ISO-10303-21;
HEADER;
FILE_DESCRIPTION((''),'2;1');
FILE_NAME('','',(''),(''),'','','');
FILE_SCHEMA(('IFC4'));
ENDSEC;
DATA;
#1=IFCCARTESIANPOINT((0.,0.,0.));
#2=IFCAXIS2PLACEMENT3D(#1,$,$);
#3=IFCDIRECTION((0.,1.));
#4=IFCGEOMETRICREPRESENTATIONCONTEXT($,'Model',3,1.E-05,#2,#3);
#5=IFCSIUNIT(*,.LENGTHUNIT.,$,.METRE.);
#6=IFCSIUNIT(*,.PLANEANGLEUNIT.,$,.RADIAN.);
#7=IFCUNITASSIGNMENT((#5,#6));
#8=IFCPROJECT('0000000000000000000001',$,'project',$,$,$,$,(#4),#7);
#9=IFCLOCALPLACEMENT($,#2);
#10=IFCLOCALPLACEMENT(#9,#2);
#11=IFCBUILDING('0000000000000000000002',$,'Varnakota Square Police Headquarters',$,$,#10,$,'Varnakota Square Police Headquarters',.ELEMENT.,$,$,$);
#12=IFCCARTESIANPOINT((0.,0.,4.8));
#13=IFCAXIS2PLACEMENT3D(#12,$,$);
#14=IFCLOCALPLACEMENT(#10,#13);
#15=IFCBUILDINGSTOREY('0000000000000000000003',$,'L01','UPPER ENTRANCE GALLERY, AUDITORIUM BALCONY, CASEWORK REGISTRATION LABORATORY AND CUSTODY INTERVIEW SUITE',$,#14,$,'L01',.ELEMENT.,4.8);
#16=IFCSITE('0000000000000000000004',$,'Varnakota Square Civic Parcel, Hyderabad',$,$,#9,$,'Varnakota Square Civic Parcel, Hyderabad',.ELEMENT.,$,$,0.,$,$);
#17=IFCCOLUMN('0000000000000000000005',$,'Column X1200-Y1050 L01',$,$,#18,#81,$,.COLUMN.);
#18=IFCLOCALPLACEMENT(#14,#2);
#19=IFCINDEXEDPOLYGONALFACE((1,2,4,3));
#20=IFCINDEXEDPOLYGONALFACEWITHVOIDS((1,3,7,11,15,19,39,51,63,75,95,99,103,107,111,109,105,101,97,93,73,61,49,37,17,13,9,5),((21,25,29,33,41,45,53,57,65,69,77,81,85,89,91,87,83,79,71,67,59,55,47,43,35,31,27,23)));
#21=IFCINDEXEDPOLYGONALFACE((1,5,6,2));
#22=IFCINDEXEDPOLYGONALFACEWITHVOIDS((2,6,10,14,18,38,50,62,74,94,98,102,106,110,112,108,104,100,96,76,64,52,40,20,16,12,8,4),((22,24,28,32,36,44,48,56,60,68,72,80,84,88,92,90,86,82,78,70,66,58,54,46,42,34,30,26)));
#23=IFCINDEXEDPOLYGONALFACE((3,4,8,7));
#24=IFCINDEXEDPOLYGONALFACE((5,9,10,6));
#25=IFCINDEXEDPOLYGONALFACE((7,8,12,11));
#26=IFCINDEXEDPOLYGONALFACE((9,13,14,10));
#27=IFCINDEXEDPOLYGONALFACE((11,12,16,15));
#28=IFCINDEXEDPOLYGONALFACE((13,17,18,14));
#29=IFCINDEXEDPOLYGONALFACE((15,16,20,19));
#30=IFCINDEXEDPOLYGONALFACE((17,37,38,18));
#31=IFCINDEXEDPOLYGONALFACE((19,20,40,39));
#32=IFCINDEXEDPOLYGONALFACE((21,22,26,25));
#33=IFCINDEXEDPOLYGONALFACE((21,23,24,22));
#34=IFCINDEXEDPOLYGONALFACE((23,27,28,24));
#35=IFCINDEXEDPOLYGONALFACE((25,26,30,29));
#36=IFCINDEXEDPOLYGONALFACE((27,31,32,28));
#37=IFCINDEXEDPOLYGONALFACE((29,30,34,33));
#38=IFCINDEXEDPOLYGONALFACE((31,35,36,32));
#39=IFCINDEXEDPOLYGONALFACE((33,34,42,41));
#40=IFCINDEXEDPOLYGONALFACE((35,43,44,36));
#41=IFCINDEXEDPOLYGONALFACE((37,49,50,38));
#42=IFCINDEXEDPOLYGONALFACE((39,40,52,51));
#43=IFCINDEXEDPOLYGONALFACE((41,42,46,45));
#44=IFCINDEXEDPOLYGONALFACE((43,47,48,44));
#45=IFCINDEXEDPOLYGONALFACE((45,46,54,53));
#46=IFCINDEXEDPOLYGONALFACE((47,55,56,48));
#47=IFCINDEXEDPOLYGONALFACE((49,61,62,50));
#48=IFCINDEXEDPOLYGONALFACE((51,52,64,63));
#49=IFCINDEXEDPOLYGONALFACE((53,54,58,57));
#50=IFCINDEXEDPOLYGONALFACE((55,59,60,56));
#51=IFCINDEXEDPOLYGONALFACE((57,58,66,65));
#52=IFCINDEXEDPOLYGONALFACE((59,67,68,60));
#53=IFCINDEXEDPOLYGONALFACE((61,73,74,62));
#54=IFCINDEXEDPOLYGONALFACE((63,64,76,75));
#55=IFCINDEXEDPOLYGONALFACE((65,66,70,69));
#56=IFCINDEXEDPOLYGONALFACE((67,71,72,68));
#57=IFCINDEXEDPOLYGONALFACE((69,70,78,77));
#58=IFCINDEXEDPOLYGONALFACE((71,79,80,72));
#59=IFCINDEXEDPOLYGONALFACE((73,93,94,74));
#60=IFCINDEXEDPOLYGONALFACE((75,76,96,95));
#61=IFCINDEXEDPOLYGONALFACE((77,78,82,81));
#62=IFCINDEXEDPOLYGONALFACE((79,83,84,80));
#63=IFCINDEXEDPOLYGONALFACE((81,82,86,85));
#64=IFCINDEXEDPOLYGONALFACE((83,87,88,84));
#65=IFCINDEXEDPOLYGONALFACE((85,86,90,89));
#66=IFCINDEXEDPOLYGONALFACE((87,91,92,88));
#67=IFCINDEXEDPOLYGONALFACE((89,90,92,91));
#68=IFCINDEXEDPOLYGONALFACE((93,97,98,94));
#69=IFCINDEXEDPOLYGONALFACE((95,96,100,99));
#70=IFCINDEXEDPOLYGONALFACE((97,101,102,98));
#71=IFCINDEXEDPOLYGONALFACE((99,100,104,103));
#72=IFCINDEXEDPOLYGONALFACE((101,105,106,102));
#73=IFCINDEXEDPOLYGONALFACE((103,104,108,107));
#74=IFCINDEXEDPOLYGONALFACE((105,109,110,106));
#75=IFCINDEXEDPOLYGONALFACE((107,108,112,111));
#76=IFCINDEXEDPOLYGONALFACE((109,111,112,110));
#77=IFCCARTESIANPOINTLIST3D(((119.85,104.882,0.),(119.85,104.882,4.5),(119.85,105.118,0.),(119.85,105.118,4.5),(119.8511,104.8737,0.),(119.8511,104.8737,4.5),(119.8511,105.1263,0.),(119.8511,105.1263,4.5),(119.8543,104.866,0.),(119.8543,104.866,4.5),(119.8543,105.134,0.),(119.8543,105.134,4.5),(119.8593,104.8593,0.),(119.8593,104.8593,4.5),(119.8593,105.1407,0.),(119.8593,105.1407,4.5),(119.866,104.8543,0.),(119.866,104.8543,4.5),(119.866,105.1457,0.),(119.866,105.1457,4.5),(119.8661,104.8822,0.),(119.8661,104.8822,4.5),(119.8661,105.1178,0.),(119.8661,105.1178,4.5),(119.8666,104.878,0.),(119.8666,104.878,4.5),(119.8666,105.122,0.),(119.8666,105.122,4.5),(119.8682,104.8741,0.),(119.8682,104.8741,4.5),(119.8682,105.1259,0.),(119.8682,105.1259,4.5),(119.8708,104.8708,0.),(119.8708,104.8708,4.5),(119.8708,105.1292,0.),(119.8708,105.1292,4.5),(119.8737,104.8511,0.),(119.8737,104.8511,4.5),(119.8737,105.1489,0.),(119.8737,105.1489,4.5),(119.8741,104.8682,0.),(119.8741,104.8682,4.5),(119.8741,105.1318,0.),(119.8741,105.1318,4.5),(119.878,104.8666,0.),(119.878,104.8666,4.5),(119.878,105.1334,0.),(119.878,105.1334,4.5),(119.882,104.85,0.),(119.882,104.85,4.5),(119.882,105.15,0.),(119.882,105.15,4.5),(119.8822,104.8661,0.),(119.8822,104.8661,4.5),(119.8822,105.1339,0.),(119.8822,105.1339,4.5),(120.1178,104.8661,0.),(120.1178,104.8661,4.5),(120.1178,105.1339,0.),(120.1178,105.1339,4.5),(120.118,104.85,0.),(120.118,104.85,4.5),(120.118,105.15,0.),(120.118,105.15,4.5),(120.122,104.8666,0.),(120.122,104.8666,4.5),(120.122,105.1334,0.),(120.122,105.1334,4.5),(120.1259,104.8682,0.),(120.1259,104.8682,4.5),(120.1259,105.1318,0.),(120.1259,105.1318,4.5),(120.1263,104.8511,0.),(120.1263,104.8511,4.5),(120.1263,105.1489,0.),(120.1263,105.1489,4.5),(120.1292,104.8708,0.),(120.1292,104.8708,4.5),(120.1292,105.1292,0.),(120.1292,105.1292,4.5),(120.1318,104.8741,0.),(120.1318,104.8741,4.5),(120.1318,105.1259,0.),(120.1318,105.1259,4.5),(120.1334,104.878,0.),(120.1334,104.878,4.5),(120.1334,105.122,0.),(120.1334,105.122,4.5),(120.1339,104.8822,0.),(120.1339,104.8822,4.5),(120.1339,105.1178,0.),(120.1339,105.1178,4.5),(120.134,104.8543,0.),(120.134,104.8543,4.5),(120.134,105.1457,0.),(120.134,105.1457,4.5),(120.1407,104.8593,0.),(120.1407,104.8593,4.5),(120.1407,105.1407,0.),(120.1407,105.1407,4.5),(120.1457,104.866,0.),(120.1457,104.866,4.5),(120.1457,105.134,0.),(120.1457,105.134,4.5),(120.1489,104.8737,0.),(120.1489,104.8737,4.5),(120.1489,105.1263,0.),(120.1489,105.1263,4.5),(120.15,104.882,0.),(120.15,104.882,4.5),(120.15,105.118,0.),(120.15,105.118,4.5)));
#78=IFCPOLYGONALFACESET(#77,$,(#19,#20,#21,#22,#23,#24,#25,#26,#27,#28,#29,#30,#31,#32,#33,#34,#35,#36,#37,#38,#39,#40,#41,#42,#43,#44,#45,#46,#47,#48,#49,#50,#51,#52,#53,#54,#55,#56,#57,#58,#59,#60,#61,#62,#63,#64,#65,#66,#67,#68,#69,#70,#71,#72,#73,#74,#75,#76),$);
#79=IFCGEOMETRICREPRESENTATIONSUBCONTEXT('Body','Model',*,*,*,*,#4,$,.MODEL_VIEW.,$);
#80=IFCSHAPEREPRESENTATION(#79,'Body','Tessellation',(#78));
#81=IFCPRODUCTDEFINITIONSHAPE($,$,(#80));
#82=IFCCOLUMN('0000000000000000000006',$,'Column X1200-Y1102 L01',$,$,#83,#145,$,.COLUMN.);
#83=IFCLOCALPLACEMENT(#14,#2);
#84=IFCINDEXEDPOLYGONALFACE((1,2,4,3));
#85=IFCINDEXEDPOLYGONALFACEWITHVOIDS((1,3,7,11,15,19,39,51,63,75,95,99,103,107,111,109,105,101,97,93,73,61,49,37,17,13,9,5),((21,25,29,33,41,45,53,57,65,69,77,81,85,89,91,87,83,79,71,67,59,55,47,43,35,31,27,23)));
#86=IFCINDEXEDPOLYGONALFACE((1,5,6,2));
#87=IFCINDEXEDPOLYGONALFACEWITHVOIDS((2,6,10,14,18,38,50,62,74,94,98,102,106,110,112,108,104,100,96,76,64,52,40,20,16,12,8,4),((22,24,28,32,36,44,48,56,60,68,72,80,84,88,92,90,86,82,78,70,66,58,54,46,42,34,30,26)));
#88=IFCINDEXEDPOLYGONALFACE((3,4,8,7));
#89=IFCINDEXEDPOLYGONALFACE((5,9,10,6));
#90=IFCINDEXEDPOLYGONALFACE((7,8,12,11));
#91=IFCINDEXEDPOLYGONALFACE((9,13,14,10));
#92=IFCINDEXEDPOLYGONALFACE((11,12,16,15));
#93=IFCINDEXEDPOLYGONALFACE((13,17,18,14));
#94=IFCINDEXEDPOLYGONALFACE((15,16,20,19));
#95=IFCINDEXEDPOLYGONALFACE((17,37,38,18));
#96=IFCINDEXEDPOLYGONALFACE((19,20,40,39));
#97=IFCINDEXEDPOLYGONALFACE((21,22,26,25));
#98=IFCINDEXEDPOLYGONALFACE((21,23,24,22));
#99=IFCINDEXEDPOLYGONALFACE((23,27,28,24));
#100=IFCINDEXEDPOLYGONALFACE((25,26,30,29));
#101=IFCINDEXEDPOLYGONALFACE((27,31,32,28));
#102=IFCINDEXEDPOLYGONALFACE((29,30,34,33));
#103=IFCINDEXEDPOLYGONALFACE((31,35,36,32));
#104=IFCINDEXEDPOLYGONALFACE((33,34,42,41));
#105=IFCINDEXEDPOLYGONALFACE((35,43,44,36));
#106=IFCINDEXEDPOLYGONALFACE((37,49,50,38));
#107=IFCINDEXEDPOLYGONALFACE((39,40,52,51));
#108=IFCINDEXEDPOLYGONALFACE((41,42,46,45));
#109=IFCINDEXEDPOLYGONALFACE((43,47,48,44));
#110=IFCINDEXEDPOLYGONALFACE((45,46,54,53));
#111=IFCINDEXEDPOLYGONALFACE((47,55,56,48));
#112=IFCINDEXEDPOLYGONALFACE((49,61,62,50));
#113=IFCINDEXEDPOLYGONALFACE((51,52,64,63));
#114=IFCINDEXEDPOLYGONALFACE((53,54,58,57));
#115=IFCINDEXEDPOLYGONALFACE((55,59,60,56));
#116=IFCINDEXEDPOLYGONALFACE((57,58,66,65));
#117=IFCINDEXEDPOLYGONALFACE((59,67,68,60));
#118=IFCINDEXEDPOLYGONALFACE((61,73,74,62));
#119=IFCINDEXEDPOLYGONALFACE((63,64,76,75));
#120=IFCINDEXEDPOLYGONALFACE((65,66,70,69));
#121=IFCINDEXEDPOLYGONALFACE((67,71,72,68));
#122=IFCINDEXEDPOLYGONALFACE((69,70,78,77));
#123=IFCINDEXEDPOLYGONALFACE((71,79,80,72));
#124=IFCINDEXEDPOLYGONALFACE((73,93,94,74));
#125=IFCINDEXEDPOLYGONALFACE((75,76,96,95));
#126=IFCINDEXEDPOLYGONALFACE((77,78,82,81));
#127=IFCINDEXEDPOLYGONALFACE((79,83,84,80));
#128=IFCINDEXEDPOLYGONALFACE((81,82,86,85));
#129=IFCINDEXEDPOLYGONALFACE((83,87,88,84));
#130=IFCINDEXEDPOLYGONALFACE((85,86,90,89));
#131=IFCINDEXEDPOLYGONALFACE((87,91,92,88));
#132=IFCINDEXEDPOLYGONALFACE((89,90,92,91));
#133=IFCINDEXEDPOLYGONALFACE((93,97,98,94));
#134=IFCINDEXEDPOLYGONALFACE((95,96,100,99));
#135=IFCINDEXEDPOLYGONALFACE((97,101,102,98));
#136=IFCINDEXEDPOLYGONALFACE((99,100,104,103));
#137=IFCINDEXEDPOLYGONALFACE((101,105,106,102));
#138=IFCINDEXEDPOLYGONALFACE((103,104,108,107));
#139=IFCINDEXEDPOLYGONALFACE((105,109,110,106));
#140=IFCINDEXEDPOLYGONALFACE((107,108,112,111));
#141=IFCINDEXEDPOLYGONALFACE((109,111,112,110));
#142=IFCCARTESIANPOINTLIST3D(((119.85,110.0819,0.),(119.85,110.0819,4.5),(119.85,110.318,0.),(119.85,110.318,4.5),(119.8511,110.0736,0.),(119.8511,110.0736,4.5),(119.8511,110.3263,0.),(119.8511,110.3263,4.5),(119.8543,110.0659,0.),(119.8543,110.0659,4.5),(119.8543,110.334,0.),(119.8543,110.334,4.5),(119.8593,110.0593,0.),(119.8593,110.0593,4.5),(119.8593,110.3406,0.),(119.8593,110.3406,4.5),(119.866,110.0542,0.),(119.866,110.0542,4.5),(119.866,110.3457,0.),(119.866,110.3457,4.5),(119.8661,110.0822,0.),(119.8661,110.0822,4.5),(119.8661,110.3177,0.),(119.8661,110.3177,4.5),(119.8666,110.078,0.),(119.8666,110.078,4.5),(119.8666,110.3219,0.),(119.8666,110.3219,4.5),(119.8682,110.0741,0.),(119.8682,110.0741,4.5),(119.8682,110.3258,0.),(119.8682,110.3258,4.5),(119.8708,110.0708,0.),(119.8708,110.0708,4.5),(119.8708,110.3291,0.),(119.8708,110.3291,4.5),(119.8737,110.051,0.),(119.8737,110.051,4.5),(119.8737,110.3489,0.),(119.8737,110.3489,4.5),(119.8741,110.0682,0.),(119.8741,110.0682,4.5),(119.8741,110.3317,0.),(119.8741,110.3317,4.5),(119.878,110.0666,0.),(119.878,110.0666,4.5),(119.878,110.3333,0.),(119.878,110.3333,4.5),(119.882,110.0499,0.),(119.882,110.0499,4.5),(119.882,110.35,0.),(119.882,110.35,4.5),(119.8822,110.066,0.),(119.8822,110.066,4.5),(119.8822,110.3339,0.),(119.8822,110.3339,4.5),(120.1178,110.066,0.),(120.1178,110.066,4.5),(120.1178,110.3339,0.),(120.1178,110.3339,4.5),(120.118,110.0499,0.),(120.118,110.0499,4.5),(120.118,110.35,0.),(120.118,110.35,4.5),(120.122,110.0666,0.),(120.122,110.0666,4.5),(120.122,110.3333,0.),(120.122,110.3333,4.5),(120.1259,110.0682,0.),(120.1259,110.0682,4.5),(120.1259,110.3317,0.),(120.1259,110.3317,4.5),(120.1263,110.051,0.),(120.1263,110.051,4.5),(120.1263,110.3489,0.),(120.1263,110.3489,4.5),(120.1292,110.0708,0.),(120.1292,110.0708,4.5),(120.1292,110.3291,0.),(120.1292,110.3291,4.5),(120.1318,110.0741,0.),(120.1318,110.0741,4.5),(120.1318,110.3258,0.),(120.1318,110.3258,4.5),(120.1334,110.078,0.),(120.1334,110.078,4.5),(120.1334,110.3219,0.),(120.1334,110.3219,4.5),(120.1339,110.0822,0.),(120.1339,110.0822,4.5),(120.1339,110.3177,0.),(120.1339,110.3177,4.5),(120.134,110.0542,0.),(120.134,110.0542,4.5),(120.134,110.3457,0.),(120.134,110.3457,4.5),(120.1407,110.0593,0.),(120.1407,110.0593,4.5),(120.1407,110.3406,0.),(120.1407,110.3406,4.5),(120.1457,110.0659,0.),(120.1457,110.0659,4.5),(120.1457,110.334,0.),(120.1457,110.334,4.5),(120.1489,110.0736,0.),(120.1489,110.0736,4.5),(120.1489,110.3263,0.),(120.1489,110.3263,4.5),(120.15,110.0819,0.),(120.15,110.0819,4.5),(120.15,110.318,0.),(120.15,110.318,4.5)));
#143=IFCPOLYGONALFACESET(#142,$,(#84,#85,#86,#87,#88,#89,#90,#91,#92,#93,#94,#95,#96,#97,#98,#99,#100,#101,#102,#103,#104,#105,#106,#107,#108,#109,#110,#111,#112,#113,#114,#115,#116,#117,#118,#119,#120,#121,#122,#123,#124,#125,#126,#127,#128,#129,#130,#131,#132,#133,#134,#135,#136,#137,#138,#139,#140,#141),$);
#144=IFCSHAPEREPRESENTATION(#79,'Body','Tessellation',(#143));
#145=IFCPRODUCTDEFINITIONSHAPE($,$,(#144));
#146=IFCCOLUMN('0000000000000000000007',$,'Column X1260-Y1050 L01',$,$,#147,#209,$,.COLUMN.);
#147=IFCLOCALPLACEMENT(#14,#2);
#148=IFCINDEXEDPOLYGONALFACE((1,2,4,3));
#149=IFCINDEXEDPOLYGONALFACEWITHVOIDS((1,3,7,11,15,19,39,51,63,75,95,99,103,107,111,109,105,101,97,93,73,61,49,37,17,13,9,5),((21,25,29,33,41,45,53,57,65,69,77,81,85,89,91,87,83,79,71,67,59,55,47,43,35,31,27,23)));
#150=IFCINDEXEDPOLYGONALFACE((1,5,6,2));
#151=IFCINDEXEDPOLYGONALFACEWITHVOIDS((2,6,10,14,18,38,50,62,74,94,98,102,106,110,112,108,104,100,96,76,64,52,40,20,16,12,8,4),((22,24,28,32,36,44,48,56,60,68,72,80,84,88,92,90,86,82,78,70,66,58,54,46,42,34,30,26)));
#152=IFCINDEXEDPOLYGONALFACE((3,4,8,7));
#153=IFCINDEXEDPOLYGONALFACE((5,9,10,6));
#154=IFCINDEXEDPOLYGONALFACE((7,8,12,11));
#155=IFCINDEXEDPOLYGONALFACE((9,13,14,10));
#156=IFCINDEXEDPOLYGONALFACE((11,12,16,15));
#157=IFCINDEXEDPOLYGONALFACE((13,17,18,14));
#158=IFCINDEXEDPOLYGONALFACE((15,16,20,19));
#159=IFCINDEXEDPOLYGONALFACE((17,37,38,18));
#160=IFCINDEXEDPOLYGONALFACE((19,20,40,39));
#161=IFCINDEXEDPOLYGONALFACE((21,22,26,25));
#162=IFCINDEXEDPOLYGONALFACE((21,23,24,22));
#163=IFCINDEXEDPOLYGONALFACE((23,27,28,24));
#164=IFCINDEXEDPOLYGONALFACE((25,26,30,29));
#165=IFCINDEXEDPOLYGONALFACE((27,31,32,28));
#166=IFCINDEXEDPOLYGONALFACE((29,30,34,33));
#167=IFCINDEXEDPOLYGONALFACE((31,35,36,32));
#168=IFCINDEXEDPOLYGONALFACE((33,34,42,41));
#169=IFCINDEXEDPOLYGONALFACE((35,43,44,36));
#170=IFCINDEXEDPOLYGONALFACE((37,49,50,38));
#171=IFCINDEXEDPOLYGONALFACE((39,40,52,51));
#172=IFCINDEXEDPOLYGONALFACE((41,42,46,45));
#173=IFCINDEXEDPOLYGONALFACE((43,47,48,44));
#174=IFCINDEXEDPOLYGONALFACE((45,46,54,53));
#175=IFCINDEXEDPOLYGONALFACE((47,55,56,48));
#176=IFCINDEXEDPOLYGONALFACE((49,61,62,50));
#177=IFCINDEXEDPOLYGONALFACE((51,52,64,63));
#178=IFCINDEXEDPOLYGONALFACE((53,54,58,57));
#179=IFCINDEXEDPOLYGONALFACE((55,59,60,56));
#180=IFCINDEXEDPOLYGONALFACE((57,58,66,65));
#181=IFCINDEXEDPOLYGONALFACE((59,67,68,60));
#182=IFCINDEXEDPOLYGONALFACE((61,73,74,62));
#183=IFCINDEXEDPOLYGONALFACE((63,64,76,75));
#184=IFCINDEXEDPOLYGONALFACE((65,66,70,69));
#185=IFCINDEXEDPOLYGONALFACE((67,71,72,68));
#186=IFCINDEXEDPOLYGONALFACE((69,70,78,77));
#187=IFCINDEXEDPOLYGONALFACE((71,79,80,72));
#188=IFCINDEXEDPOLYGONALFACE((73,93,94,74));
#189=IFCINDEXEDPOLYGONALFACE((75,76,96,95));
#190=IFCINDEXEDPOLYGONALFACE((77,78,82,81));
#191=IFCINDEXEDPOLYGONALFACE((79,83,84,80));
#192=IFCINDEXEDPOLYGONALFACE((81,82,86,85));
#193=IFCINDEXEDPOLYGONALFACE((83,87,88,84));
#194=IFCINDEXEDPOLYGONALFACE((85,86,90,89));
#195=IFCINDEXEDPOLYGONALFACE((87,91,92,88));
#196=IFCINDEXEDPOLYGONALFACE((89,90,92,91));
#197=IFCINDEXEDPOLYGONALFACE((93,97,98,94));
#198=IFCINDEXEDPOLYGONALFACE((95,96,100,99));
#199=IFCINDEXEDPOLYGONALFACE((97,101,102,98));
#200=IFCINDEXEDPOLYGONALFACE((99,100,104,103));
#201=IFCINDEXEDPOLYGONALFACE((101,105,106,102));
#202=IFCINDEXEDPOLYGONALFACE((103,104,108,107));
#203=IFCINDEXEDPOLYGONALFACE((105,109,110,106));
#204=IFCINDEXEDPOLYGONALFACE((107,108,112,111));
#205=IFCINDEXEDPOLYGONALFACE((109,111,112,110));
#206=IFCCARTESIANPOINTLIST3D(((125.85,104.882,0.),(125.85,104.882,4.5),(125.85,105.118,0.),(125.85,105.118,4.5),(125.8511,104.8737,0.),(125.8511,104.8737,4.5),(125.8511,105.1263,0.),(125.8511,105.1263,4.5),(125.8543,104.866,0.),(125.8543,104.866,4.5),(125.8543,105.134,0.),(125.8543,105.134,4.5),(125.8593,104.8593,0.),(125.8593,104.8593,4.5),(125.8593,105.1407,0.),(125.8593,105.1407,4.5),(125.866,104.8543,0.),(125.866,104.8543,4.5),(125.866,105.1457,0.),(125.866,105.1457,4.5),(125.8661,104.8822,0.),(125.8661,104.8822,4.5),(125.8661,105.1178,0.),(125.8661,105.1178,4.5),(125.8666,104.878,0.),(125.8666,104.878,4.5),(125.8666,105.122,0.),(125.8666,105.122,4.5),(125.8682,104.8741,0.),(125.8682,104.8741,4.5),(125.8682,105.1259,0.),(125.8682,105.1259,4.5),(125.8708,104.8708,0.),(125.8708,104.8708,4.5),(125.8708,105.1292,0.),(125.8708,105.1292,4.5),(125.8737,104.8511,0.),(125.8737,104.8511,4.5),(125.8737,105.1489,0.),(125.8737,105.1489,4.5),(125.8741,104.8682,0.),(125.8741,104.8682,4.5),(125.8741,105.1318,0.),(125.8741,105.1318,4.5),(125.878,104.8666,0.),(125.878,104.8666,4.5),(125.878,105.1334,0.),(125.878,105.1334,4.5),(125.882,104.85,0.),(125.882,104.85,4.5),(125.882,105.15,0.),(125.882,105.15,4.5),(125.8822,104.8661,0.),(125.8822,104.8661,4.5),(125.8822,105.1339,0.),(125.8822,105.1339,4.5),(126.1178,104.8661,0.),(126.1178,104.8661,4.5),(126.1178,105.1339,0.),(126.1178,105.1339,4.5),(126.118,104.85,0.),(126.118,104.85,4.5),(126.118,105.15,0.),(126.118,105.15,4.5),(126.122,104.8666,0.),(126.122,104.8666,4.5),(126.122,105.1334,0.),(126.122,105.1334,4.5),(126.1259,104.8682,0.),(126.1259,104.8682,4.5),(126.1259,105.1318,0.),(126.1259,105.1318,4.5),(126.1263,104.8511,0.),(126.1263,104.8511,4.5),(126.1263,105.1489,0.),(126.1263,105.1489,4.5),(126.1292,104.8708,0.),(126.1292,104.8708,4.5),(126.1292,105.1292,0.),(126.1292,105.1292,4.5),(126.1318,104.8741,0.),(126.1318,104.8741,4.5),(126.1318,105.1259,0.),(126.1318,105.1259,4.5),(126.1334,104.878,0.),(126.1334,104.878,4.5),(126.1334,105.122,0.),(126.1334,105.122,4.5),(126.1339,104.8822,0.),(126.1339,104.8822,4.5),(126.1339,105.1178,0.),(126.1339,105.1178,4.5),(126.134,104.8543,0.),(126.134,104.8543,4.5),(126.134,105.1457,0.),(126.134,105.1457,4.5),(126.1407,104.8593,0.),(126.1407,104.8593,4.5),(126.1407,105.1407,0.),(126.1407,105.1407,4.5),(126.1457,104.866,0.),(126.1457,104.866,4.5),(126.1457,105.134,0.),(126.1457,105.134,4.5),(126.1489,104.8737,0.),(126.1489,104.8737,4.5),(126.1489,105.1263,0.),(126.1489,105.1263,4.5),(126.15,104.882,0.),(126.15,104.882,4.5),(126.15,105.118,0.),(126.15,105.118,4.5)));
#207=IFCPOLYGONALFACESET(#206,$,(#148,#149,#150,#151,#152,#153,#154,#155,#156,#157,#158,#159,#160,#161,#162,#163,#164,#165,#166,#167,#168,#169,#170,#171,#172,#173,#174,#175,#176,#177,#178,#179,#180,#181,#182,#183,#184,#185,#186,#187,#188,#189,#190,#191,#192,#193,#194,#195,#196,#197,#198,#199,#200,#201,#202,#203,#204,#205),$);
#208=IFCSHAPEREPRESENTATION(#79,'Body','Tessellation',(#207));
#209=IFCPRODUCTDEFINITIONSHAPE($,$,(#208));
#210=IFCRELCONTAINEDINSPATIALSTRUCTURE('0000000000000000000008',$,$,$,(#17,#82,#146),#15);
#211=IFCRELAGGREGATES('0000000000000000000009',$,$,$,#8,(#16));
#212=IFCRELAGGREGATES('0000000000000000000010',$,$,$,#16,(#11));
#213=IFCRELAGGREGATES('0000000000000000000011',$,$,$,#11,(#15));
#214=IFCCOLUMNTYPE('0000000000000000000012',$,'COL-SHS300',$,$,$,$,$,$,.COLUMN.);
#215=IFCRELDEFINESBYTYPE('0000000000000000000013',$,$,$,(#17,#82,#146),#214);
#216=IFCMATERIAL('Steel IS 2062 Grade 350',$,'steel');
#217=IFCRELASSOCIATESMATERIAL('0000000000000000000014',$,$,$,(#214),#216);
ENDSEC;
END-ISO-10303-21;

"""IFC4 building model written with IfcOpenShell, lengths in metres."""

from ifc_helpers import new_model, si_unit, direction, frame, origin, origin_2d, place, context, subcontext, project, spatial, hollow_rectangle, extrude, material, material_profile, profile_set, type_object, element, save


model = new_model("IFC4")

# Units and contexts
model_context = context("Model", 3, precision=1e-05, world=origin(), true_north=direction((0.0, 1.0)))
body_context = subcontext(model_context, "Body", "Model", "MODEL_VIEW")
ifc_project = project(units=[si_unit("LENGTHUNIT", "METRE"), si_unit("PLANEANGLEUNIT", "RADIAN")], contexts=[model_context])

# Site, building, storey
site_placement = place(None, origin())
site = spatial("IfcSite", under=ifc_project, at=site_placement, Name="Varnakota Square Civic Parcel, Hyderabad", LongName="Varnakota Square Civic Parcel, Hyderabad", CompositionType="ELEMENT", RefElevation=0.0)
building_placement = place(site_placement, origin())
building = spatial("IfcBuilding", under=site, at=building_placement, Name="Varnakota Square Police Headquarters", LongName="Varnakota Square Police Headquarters", CompositionType="ELEMENT")
storey_placement = place(building_placement, frame((0.0, 0.0, 4.8)))
storey = spatial("IfcBuildingStorey", under=building, at=storey_placement, Name="L01", Description="UPPER ENTRANCE GALLERY, AUDITORIUM BALCONY, CASEWORK REGISTRATION LABORATORY AND CUSTODY INTERVIEW SUITE", LongName="L01", CompositionType="ELEMENT", Elevation=4.8)

# Columns
ifc_material_1 = material(Name="Steel IS 2062 Grade 350", Category="steel")
ifc_material_profile_1 = material_profile(ifc_material_1, hollow_rectangle(XDim=0.3, YDim=0.3, WallThickness=0.0161, InnerFilletRadius=0.0161, OuterFilletRadius=0.032, at=origin_2d()), Name="SHS 300x300x16")
ifc_profile_set_1 = profile_set([ifc_material_profile_1], Name="Steel IS 2062 Grade 350")
column_type_1 = type_object("IfcColumnType", Name="COL-SHS300", PredefinedType="COLUMN", material=ifc_profile_set_1)
for number, where, z_axis, x_axis, name in (
    (1, (120.0, 105.0, 0.0), (0.0, 0.0, 1.0), (1.0, 0.0, 0.0), "Column X1200-Y1050 L01"),
    (2, (120.0, 110.2, 0.0), (0.0, 0.0, 1.0), (1.0, 0.0, 0.0), "Column X1200-Y1102 L01"),
    (3, (126.0, 105.0, 0.0), (0.0, 0.0, 1.0), (1.0, 0.0, 0.0), "Column X1260-Y1050 L01"),
):
    element("IfcColumn", number, at=place(storey_placement, frame(where, z_axis=z_axis, x_axis=x_axis)), inside=storey, type_object=column_type_1, Name=name, PredefinedType="COLUMN", context=body_context, shape_type="SweptSolid", body=[
        extrude(hollow_rectangle(XDim=0.3, YDim=0.3, WallThickness=0.0161, InnerFilletRadius=0.0161, OuterFilletRadius=0.032, at=origin_2d()), origin(), (0.0, 0.0, 1.0), 4.5),
    ])

save(model, "model.ifc")
